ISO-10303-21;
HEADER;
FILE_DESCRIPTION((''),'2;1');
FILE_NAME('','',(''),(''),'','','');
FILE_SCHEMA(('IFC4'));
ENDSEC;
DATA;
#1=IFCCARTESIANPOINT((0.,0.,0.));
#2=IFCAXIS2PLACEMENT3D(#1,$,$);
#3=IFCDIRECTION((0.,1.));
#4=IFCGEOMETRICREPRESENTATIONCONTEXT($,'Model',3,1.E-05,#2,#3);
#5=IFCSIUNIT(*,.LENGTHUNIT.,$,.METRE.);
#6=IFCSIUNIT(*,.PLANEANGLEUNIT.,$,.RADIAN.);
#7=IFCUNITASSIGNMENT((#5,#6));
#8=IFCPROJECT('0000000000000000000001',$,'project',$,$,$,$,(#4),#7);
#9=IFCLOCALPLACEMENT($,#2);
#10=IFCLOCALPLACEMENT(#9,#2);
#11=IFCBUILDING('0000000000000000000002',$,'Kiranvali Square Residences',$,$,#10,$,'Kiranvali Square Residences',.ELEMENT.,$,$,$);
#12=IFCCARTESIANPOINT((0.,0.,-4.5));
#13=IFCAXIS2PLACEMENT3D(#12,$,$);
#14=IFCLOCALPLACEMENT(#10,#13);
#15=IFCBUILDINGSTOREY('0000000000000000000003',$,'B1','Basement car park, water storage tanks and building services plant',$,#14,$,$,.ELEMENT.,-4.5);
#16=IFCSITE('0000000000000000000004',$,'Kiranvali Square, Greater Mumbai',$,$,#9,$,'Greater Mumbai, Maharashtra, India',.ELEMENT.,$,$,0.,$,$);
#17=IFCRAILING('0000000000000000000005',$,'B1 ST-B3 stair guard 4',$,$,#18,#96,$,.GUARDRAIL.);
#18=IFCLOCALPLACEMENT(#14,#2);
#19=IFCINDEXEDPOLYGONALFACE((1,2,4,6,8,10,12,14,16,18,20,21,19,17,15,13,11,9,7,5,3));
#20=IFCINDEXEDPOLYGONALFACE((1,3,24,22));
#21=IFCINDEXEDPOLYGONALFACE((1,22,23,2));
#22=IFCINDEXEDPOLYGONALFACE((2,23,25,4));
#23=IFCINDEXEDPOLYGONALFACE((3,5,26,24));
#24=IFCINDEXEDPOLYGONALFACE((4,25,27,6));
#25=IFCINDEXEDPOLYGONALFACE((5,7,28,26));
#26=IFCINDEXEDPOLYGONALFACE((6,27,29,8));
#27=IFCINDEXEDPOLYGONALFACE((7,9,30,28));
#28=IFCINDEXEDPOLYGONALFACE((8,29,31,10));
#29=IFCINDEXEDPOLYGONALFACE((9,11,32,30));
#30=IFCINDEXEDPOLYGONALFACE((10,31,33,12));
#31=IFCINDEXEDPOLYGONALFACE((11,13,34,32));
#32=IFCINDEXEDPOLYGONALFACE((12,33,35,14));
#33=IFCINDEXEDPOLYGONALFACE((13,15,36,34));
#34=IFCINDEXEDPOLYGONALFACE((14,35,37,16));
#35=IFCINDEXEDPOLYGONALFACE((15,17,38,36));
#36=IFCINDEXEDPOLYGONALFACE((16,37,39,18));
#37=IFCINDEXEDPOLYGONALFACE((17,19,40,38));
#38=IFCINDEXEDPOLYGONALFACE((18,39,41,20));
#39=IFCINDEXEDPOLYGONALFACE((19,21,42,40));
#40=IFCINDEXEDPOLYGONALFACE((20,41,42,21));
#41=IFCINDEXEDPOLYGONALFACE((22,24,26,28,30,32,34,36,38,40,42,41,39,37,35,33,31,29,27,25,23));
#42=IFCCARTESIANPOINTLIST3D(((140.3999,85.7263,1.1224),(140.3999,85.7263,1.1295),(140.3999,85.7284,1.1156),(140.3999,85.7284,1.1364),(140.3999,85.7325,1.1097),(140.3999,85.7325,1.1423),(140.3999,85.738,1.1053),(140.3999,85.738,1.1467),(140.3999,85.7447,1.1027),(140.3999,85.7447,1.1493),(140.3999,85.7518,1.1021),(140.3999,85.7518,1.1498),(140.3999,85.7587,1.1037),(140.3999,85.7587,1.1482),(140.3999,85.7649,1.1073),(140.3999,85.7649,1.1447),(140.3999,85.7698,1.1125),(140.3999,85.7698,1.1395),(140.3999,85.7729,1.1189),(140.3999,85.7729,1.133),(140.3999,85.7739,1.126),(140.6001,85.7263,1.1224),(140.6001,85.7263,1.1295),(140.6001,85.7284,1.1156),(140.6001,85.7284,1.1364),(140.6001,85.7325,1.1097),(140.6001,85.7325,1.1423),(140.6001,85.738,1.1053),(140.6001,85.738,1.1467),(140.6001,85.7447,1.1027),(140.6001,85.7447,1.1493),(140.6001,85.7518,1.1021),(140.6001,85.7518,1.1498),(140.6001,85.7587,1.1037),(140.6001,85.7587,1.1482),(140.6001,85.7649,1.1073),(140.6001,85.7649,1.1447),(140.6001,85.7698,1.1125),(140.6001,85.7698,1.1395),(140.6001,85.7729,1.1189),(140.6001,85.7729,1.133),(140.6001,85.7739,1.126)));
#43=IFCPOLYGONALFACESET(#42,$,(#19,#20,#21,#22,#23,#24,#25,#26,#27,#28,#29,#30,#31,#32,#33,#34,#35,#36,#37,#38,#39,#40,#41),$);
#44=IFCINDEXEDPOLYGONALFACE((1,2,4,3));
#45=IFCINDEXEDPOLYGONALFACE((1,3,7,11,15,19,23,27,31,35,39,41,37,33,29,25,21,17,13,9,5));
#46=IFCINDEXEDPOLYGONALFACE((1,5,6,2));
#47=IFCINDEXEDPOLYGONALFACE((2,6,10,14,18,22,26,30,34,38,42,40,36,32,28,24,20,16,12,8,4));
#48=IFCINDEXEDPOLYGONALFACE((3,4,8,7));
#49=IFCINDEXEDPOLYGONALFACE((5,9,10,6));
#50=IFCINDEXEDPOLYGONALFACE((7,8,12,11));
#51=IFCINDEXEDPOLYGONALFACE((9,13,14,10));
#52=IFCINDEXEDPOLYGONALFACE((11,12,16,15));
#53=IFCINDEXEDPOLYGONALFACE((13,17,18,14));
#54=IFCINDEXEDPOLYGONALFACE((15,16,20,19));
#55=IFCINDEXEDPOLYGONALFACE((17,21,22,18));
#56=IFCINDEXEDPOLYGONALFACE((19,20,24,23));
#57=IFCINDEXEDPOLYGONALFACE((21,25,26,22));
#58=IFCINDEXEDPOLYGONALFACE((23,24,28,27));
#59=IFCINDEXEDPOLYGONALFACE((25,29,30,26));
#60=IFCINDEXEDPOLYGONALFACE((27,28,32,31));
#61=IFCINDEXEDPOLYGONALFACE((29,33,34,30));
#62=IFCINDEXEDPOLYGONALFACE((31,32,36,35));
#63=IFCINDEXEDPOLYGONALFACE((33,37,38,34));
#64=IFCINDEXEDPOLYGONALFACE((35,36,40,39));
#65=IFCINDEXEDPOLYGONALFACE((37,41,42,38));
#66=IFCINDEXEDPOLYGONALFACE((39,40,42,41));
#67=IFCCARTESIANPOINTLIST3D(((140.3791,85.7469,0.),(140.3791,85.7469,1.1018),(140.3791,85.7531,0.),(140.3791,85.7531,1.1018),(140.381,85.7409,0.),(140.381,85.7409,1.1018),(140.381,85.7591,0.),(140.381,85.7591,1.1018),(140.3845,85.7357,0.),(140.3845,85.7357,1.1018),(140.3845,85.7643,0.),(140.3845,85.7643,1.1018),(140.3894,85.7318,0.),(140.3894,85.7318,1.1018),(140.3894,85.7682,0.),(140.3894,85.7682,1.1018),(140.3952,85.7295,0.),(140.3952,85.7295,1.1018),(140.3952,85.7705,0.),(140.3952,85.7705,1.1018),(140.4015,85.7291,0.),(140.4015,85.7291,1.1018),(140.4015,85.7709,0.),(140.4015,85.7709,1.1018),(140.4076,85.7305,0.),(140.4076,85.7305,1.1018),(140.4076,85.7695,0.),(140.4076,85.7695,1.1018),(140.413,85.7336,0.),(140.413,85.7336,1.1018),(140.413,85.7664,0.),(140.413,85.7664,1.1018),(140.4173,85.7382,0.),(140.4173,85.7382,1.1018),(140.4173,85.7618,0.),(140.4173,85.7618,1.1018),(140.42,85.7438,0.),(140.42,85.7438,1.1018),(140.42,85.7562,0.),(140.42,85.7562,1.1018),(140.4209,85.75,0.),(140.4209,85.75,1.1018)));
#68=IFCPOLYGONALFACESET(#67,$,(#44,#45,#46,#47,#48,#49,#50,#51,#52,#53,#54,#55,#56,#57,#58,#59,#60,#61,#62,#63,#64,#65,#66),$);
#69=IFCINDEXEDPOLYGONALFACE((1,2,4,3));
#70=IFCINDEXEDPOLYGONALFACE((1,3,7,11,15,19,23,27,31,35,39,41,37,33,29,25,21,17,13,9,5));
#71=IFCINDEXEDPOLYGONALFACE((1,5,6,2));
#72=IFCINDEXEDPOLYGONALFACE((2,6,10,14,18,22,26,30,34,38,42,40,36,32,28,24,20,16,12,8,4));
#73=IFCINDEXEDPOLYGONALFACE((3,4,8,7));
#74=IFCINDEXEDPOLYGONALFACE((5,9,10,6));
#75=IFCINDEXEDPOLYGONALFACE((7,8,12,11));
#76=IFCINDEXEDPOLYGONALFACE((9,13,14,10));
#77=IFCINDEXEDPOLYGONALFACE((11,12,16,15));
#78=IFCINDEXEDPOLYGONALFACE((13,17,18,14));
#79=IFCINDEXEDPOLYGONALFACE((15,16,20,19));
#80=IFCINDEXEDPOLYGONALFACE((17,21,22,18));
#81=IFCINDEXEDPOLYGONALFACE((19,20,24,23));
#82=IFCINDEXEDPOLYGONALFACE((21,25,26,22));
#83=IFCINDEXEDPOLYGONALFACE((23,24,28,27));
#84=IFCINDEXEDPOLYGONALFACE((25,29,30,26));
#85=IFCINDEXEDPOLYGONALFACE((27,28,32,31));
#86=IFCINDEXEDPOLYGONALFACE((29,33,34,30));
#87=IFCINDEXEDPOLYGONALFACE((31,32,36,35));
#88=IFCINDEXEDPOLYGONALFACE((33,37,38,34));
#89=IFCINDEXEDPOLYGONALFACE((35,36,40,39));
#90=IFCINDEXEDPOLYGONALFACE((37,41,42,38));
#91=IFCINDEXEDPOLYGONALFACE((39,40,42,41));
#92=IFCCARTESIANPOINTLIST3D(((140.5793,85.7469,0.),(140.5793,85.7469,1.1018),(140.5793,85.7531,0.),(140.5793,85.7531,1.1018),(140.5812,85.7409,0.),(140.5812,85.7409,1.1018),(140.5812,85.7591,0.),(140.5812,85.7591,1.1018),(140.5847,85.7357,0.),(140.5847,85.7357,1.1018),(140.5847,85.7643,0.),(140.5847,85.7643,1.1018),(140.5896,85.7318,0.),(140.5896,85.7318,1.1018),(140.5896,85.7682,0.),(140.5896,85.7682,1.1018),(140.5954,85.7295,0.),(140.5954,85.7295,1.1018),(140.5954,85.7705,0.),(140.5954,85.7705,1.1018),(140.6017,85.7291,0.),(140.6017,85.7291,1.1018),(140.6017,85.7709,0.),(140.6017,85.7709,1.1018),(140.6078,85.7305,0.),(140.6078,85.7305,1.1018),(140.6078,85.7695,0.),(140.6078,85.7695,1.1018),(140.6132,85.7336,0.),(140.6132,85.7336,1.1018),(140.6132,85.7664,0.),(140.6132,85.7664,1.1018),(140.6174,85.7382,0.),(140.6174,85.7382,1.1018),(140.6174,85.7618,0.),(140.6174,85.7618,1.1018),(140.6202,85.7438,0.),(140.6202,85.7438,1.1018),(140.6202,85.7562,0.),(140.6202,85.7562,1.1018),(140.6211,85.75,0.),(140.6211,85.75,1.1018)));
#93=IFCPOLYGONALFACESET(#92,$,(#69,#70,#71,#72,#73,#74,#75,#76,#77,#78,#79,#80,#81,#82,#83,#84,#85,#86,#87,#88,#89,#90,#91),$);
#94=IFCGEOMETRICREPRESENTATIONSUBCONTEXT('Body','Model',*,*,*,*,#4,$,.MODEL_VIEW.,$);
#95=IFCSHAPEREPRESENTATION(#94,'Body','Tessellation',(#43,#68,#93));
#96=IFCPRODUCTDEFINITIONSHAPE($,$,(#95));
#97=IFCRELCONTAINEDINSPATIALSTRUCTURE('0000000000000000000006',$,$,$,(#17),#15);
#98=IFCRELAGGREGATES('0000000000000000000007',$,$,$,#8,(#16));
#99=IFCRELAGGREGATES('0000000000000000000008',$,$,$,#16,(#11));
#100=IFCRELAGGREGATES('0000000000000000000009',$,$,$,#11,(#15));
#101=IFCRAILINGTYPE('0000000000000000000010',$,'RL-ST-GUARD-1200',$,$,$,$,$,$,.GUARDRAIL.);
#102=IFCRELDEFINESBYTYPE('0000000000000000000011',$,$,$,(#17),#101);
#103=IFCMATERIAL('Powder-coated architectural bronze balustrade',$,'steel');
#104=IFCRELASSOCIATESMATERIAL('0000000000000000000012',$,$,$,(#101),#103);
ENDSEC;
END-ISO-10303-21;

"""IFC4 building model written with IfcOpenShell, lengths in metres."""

from ifc_helpers import new_model, si_unit, direction, frame, origin, origin_2d, place, context, subcontext, project, spatial, circle, extrude, material, type_object, element, save


model = new_model("IFC4")

# Units and contexts
model_context = context("Model", 3, precision=1e-05, world=origin(), true_north=direction((0.0, 1.0)))
body_context = subcontext(model_context, "Body", "Model", "MODEL_VIEW")
ifc_project = project(units=[si_unit("LENGTHUNIT", "METRE"), si_unit("PLANEANGLEUNIT", "RADIAN")], contexts=[model_context])

# Site, building, storey
site_placement = place(None, origin())
site = spatial("IfcSite", under=ifc_project, at=site_placement, Name="Kiranvali Square, Greater Mumbai", LongName="Greater Mumbai, Maharashtra, India", CompositionType="ELEMENT", RefElevation=0.0)
building_placement = place(site_placement, origin())
building = spatial("IfcBuilding", under=site, at=building_placement, Name="Kiranvali Square Residences", LongName="Kiranvali Square Residences", CompositionType="ELEMENT")
storey_placement = place(building_placement, frame((0.0, 0.0, -4.5)))
storey = spatial("IfcBuildingStorey", under=building, at=storey_placement, Name="B1", Description="Basement car park, water storage tanks and building services plant", CompositionType="ELEMENT", Elevation=-4.5)

# Railing
ifc_material_1 = material(Name="Powder-coated architectural bronze balustrade", Category="steel")
railing_type_1 = type_object("IfcRailingType", Name="RL-ST-GUARD-1200", PredefinedType="GUARDRAIL", material=ifc_material_1)
railing_1_placement = place(storey_placement, frame((140.3999, 85.75, 0.0)))
element("IfcRailing", 1, at=railing_1_placement, inside=storey, type_object=railing_type_1, Name="B1 ST-B3 stair guard 4", PredefinedType="GUARDRAIL", context=body_context, shape_type="SweptSolid", body=[
    extrude(circle(Radius=0.0239, at=origin_2d()), frame((0.0, 0.0, 1.126), z_axis=(1.0, 0.0, 0.0), x_axis=(0.0, 1.0, 0.0)), (0.0, 0.0, 1.0), 0.2002),
    extrude(circle(Radius=0.021, at=origin_2d()), origin(), (0.0, 0.0, 1.0), 1.1018),
    extrude(circle(Radius=0.021, at=origin_2d()), frame((0.2002, 0.0, 0.0)), (0.0, 0.0, 1.0), 1.1018),
])

save(model, "model.ifc")
